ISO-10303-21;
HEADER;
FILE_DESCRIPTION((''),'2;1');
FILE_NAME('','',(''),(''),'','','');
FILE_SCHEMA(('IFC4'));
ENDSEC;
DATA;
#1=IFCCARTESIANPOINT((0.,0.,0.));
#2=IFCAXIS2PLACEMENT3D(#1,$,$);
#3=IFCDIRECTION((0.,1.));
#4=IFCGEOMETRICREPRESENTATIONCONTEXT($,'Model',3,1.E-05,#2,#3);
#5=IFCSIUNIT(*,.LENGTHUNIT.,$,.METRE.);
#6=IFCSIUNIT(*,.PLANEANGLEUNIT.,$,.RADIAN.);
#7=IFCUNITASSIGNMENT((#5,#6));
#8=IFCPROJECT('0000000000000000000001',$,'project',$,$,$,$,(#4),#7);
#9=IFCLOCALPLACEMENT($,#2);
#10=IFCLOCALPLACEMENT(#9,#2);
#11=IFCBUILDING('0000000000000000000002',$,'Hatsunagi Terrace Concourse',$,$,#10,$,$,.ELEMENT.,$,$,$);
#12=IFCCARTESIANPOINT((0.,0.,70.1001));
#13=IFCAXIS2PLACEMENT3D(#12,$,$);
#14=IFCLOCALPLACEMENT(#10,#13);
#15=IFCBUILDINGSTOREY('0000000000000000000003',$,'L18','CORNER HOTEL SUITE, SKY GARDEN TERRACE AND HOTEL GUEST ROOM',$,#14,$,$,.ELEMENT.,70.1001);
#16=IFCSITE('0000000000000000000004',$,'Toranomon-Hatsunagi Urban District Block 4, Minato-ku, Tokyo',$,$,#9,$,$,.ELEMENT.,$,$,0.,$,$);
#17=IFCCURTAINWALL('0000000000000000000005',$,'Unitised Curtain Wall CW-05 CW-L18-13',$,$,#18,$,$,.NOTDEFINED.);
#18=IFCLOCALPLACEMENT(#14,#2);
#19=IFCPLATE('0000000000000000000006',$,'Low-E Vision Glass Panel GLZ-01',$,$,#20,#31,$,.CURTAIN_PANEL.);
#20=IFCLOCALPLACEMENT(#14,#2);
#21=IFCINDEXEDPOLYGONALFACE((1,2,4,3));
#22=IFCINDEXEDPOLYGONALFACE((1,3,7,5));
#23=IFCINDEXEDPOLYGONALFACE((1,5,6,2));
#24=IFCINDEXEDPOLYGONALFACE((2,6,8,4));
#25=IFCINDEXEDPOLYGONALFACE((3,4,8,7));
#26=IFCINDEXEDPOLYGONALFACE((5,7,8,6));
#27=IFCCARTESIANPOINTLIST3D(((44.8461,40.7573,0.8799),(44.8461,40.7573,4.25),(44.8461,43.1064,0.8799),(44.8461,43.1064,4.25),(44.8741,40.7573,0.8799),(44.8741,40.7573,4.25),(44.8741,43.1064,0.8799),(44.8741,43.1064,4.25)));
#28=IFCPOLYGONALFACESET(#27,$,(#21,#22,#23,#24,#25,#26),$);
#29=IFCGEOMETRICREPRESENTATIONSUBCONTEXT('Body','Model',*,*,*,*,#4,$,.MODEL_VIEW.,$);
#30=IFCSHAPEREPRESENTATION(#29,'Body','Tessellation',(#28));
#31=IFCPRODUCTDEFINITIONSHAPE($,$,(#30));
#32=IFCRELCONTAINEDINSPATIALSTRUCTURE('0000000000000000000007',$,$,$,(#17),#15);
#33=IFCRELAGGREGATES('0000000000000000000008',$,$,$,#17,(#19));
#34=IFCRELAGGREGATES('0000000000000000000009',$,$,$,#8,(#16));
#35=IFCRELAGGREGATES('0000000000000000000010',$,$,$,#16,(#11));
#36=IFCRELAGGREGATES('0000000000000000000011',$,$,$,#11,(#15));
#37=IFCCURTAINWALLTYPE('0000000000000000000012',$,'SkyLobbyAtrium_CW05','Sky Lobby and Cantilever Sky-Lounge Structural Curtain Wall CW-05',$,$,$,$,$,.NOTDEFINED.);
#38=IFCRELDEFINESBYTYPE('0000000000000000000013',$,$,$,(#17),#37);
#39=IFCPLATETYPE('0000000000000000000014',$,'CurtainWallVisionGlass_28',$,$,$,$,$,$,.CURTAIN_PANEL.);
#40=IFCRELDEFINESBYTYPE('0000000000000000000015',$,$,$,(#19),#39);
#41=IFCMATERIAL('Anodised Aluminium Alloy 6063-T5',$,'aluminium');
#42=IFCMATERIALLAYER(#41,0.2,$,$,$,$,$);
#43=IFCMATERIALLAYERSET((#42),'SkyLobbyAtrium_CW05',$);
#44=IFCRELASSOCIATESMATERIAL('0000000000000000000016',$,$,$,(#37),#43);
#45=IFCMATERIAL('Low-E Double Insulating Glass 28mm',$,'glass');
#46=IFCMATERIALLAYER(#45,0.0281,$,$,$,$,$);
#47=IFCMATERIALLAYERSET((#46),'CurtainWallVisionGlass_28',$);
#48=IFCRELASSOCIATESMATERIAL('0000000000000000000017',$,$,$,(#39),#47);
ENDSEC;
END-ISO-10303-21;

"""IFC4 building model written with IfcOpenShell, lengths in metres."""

from ifc_helpers import new_model, si_unit, direction, frame, origin, origin_2d, place, context, subcontext, project, spatial, rectangle, extrude, material, layer, layer_set, type_object, element, aggregate, save


model = new_model("IFC4")

# Units and contexts
model_context = context("Model", 3, precision=1e-05, world=origin(), true_north=direction((0.0, 1.0)))
body_context = subcontext(model_context, "Body", "Model", "MODEL_VIEW")
ifc_project = project(units=[si_unit("LENGTHUNIT", "METRE"), si_unit("PLANEANGLEUNIT", "RADIAN")], contexts=[model_context])

# Site, building, storey
site_placement = place(None, origin())
site = spatial("IfcSite", under=ifc_project, at=site_placement, Name="Toranomon-Hatsunagi Urban District Block 4, Minato-ku, Tokyo", CompositionType="ELEMENT", RefElevation=0.0)
building_placement = place(site_placement, origin())
building = spatial("IfcBuilding", under=site, at=building_placement, Name="Hatsunagi Terrace Concourse", CompositionType="ELEMENT")
storey_placement = place(building_placement, frame((0.0, 0.0, 70.1001)))
storey = spatial("IfcBuildingStorey", under=building, at=storey_placement, Name="L18", Description="CORNER HOTEL SUITE, SKY GARDEN TERRACE AND HOTEL GUEST ROOM", CompositionType="ELEMENT", Elevation=70.1001)

# Curtain wall, plate
ifc_material_1 = material(Name="Anodised Aluminium Alloy 6063-T5", Category="aluminium")
ifc_layer_1 = layer(ifc_material_1, 0.2)
ifc_layer_set_1 = layer_set([ifc_layer_1], Name="SkyLobbyAtrium_CW05")
curtain_wall_type = type_object("IfcCurtainWallType", Name="SkyLobbyAtrium_CW05", Description="Sky Lobby and Cantilever Sky-Lounge Structural Curtain Wall CW-05", PredefinedType="NOTDEFINED", material=ifc_layer_set_1)
curtain_wall_placement = place(storey_placement, origin())
curtain_wall = element("IfcCurtainWall", 1, at=curtain_wall_placement, inside=storey, type_object=curtain_wall_type, Name="Unitised Curtain Wall CW-05 CW-L18-13", PredefinedType="NOTDEFINED")
ifc_material_2 = material(Name="Low-E Double Insulating Glass 28mm", Category="glass")
ifc_layer_2 = layer(ifc_material_2, 0.0281)
ifc_layer_set_2 = layer_set([ifc_layer_2], Name="CurtainWallVisionGlass_28")
plate_type_1 = type_object("IfcPlateType", Name="CurtainWallVisionGlass_28", PredefinedType="CURTAIN_PANEL", material=ifc_layer_set_2)
plate_1_placement = place(storey_placement, frame((44.8601, 41.9319, 0.8799), z_axis=(0.0, 0.0, 1.0), x_axis=(0.0, -1.0, 0.0)))
plate_1 = element("IfcPlate", 2, at=plate_1_placement, type_object=plate_type_1, Name="Low-E Vision Glass Panel GLZ-01", PredefinedType="CURTAIN_PANEL", context=body_context, shape_type="SweptSolid", body=[
    extrude(rectangle(XDim=2.3491, YDim=0.0281, at=origin_2d()), origin(), (0.0, 0.0, 1.0), 3.3701),
])
aggregate(curtain_wall, [plate_1])

save(model, "model.ifc")
